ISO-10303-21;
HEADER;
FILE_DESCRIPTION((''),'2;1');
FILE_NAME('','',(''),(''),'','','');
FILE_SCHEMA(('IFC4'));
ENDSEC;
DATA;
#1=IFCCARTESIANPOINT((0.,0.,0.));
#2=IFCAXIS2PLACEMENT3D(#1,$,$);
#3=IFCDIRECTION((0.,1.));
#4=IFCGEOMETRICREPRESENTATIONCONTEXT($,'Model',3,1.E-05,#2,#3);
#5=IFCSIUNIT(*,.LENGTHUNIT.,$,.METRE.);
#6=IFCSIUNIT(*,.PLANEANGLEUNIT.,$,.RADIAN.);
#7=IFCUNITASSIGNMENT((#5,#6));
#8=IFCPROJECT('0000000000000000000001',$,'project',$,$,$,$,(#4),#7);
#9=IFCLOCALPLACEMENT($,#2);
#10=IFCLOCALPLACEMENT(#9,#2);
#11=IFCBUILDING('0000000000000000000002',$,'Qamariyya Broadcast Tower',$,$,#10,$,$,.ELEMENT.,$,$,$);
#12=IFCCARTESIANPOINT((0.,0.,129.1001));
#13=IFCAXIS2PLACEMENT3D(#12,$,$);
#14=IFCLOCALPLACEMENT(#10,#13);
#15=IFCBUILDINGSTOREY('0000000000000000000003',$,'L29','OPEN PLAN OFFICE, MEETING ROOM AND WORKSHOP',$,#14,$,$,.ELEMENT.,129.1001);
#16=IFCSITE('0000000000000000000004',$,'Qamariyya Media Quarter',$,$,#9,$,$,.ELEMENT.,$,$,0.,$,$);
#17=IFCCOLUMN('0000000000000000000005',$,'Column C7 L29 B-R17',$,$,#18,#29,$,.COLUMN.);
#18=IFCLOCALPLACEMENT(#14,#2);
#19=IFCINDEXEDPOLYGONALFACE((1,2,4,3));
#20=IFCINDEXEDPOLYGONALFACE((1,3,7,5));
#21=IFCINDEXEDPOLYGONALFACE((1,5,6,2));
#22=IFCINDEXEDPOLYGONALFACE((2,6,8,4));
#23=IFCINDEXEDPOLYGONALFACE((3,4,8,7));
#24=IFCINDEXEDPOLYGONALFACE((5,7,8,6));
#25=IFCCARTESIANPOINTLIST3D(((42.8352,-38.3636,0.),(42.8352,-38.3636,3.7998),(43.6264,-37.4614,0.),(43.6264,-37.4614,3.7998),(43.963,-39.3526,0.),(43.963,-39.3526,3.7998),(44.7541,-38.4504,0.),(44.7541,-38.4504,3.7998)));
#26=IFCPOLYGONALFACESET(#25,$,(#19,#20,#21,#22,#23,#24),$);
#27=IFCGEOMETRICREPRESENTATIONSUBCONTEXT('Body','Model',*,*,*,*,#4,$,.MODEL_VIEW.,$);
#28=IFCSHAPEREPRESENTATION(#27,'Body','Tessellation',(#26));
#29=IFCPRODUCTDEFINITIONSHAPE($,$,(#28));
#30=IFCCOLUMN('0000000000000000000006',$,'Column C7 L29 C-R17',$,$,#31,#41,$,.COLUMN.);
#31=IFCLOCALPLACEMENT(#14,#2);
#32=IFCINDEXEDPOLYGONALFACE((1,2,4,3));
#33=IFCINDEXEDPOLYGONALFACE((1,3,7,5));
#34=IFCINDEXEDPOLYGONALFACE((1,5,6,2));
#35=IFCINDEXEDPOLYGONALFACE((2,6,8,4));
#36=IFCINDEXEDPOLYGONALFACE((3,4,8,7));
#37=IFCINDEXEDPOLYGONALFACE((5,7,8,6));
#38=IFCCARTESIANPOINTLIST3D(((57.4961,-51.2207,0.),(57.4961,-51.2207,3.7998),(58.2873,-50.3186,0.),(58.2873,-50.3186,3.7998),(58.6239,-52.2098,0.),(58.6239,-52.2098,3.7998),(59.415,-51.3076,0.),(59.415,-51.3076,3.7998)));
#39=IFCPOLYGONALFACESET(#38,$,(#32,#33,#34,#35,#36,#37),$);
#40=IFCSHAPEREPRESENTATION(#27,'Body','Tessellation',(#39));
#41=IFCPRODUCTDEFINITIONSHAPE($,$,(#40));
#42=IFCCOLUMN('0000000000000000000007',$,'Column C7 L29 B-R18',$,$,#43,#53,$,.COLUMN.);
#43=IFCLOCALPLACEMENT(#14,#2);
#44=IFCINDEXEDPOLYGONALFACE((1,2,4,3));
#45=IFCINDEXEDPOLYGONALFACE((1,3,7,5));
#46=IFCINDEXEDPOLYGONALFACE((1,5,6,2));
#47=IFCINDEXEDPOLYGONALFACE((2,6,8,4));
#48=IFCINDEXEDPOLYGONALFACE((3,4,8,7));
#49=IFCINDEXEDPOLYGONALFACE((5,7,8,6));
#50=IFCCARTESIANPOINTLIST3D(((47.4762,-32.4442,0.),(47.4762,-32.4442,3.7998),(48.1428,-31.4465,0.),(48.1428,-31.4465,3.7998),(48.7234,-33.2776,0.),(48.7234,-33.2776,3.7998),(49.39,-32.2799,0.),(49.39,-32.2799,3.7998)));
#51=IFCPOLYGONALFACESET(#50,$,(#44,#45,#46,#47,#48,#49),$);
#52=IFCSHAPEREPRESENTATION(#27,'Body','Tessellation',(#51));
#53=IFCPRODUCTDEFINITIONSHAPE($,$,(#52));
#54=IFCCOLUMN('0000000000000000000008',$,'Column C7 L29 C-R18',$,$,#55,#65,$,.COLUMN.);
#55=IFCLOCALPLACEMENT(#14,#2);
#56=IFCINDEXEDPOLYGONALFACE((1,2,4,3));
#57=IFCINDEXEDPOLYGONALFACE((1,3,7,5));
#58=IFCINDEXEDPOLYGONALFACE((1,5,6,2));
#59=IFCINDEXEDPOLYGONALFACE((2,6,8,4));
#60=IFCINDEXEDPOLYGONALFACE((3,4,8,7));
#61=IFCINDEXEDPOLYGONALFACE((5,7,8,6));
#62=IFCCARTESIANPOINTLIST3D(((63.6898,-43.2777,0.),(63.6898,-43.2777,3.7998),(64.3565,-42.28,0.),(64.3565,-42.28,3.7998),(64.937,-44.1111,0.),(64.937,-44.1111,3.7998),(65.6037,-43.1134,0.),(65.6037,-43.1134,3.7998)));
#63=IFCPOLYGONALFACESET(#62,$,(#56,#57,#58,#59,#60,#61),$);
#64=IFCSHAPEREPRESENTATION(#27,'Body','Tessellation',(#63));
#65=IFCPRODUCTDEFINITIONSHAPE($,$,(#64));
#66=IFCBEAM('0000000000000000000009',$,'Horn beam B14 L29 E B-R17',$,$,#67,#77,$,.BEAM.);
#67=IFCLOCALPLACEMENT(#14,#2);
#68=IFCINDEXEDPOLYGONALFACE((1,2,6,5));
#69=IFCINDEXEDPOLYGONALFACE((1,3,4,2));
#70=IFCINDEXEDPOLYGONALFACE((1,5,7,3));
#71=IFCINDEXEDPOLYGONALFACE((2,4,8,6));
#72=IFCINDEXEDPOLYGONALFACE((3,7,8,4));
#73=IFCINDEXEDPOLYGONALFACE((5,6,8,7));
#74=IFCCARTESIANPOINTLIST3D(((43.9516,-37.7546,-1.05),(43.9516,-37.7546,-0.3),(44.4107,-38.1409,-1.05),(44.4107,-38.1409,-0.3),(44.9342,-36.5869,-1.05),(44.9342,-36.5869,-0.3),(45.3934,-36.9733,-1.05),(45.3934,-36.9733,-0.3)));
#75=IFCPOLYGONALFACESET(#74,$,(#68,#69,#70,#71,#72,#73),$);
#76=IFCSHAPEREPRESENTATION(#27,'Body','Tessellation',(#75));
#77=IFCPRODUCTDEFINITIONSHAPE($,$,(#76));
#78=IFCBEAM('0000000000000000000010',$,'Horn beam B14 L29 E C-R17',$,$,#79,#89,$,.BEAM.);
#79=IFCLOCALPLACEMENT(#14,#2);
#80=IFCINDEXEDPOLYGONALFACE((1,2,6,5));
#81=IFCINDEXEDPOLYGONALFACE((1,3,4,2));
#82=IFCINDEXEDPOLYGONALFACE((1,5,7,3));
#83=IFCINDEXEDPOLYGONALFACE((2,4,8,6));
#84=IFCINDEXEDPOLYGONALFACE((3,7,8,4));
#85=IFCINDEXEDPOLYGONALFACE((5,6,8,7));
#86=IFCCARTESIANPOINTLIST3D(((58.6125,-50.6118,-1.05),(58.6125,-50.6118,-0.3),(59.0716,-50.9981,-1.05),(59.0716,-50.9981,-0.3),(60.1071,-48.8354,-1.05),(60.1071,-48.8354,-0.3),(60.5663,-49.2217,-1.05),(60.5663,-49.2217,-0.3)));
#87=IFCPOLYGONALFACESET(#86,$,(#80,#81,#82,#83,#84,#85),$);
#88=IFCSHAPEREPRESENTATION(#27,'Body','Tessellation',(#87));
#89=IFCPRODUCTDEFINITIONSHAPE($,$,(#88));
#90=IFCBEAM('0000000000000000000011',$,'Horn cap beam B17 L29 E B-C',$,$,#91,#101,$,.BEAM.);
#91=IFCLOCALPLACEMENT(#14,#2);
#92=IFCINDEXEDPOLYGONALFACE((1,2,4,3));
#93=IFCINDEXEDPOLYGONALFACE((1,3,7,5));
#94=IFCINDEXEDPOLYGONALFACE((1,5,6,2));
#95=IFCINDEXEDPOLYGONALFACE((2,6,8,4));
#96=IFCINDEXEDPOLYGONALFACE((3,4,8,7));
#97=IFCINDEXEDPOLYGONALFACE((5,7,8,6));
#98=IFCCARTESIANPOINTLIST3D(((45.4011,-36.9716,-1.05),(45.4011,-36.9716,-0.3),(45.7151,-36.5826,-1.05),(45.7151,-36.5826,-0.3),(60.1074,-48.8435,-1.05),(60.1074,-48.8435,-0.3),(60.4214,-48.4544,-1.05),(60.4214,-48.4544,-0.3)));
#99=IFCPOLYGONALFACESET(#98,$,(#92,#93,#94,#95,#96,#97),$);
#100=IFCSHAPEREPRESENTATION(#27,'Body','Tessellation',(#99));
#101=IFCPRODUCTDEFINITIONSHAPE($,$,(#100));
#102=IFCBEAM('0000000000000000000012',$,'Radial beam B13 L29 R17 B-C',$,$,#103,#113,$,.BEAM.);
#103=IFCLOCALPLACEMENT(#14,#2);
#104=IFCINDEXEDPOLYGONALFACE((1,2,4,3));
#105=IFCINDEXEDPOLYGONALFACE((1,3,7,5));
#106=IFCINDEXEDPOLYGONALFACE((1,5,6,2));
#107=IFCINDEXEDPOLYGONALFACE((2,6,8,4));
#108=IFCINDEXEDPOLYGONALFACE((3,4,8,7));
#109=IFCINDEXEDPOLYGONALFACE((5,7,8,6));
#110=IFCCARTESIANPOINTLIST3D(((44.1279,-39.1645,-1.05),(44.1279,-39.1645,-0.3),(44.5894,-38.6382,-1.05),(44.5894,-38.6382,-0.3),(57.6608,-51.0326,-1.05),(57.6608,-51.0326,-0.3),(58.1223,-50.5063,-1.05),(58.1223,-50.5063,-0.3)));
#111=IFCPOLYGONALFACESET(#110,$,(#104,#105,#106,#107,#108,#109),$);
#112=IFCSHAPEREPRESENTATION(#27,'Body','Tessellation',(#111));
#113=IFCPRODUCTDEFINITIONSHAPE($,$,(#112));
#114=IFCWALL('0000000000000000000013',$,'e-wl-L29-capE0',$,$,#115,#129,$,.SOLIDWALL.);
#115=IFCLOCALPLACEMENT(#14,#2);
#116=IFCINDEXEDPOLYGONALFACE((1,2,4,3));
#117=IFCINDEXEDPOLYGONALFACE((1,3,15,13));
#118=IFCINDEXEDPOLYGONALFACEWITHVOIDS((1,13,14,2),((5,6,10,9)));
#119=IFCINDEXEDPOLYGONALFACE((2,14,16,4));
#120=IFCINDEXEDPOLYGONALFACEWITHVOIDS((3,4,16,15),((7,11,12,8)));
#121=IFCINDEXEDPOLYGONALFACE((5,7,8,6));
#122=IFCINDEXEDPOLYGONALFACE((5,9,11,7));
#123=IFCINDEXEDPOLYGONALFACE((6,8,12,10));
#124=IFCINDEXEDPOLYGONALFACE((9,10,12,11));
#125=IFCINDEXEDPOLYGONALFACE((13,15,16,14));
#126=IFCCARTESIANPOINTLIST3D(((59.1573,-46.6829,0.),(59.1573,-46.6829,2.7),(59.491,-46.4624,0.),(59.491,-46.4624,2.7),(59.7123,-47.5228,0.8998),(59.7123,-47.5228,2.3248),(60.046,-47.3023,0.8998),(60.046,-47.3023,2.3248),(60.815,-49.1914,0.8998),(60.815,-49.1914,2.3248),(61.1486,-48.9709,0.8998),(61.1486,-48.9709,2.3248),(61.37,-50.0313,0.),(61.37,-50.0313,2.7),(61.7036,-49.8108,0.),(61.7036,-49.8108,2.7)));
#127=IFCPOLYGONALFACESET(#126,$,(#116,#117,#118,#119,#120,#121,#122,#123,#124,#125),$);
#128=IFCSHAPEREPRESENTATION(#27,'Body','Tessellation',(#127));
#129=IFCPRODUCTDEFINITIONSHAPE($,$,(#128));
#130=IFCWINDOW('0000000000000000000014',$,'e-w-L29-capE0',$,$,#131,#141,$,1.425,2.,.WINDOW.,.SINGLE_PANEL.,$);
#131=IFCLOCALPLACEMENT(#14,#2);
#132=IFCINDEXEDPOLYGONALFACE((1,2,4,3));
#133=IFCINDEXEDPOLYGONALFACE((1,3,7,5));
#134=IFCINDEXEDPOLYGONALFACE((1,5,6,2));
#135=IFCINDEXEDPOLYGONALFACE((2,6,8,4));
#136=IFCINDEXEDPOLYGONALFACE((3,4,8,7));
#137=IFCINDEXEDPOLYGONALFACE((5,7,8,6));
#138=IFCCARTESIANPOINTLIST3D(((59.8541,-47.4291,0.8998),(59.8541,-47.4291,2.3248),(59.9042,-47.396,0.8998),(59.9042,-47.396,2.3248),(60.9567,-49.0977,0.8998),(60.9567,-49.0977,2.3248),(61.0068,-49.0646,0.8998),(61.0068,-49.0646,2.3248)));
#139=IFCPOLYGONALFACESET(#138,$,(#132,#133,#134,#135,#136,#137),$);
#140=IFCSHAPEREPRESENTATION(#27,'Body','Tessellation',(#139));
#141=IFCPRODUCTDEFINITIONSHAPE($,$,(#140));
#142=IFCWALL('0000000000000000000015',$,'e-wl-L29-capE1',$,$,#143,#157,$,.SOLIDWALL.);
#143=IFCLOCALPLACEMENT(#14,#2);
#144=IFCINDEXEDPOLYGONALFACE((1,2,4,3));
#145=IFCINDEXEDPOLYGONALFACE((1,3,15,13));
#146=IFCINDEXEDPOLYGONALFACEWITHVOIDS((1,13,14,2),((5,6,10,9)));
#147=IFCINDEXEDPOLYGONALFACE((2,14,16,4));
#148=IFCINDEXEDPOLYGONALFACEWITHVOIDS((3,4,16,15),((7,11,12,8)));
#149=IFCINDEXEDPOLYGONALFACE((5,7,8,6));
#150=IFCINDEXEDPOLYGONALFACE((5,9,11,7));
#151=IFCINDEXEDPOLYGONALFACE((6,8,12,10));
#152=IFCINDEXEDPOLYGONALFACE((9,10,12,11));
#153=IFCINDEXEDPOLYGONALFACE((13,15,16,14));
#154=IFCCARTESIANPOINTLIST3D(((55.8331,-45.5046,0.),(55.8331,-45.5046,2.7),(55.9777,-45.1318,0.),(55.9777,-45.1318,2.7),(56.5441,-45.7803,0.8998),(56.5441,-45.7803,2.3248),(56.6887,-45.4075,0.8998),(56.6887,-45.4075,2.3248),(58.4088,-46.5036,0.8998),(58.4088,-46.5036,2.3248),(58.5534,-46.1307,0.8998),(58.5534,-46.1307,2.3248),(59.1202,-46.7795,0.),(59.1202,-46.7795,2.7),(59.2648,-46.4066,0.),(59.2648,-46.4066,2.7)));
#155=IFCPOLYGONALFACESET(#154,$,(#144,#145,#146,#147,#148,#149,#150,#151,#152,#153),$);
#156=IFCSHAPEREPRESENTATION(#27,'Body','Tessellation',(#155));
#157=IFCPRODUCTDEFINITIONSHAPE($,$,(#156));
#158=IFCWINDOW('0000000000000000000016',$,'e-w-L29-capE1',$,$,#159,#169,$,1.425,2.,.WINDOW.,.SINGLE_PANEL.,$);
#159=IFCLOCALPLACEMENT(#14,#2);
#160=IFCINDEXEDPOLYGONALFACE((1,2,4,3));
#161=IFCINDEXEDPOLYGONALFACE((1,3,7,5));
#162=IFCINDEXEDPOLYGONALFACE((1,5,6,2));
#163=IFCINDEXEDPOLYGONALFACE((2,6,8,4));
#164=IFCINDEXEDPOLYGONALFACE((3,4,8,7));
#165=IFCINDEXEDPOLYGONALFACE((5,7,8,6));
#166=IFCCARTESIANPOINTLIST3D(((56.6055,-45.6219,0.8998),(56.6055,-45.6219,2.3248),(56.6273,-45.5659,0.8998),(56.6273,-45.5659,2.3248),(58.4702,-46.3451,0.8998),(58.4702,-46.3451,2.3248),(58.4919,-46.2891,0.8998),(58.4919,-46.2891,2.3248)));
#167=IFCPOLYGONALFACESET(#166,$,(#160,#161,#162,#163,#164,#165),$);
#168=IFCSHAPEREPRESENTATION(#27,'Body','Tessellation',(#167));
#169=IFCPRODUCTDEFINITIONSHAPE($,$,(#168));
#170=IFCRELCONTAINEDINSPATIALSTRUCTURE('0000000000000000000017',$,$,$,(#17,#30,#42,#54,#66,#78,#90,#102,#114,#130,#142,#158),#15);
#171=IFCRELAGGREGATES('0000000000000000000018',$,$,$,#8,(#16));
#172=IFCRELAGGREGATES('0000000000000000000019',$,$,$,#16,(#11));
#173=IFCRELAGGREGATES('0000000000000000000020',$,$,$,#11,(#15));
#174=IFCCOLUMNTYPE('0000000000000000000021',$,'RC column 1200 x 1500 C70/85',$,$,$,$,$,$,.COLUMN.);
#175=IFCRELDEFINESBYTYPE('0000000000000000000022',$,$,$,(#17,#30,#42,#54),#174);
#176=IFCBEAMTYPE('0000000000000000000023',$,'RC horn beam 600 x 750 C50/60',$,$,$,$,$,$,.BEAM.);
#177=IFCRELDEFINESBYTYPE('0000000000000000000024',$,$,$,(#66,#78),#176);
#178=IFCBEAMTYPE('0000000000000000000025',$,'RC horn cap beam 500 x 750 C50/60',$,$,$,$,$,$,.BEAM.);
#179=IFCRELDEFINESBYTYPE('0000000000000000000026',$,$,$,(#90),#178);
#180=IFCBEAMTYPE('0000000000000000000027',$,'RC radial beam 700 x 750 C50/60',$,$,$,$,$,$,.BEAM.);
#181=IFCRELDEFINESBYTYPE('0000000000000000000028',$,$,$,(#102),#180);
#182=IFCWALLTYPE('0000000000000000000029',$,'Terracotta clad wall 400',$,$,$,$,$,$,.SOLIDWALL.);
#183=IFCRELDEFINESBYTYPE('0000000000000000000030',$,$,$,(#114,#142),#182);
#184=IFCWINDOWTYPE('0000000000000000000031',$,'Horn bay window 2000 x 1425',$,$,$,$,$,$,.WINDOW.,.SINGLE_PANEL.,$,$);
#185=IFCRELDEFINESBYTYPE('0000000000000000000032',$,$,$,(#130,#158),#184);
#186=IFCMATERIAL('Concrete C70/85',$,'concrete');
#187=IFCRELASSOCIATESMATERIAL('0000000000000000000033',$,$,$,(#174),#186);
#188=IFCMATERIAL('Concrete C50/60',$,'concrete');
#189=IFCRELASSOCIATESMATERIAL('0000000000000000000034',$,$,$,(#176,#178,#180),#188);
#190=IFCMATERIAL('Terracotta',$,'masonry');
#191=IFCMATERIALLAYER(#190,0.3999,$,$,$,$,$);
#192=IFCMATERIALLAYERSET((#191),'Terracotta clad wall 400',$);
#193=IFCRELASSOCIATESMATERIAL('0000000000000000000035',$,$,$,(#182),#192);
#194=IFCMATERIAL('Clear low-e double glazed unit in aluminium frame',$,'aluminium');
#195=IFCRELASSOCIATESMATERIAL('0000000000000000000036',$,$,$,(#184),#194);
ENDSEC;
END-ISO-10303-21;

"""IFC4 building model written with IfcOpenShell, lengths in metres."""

from ifc_helpers import new_model, si_unit, direction, frame, frame_2d, origin, origin_2d, place, context, subcontext, project, spatial, rectangle, extrude, material, layer, layer_set, material_profile, profile_set, type_object, element, fill, save


model = new_model("IFC4")

# Units and contexts
model_context = context("Model", 3, precision=1e-05, world=origin(), true_north=direction((0.0, 1.0)))
body_context = subcontext(model_context, "Body", "Model", "MODEL_VIEW")
ifc_project = project(units=[si_unit("LENGTHUNIT", "METRE"), si_unit("PLANEANGLEUNIT", "RADIAN")], contexts=[model_context])

# Site, building, storey
site_placement = place(None, origin())
site = spatial("IfcSite", under=ifc_project, at=site_placement, Name="Qamariyya Media Quarter", CompositionType="ELEMENT", RefElevation=0.0)
building_placement = place(site_placement, origin())
building = spatial("IfcBuilding", under=site, at=building_placement, Name="Qamariyya Broadcast Tower", CompositionType="ELEMENT")
storey_placement = place(building_placement, frame((0.0, 0.0, 129.1001)))
storey = spatial("IfcBuildingStorey", under=building, at=storey_placement, Name="L29", Description="OPEN PLAN OFFICE, MEETING ROOM AND WORKSHOP", CompositionType="ELEMENT", Elevation=129.1001)

# Columns
ifc_material_1 = material(Name="Concrete C70/85", Category="concrete")
ifc_material_profile_1 = material_profile(ifc_material_1, rectangle(XDim=1.2, YDim=1.5, at=origin_2d()))
ifc_profile_set_1 = profile_set([ifc_material_profile_1], Name="Concrete C70/85")
column_type = type_object("IfcColumnType", Name="RC column 1200 x 1500 C70/85", PredefinedType="COLUMN", material=ifc_profile_set_1)
for number, where, z_axis, x_axis, name in (
    (1, (43.7947, -38.407, 0.0), (0.0, 0.0, 1.0), (0.659346, 0.75184, 0.0), "Column C7 L29 B-R17"),
    (2, (58.4556, -51.2642, 0.0), (0.0, 0.0, 1.0), (0.659346, 0.75184, 0.0), "Column C7 L29 C-R17"),
    (3, (48.4331, -32.3621, 0.0), (0.0, 0.0, 1.0), (0.55557, 0.83147, 0.0), "Column C7 L29 B-R18"),
    (4, (64.6467, -43.1956, 0.0), (0.0, 0.0, 1.0), (0.55557, 0.83147, 0.0), "Column C7 L29 C-R18"),
):
    element("IfcColumn", number, at=place(storey_placement, frame(where, z_axis=z_axis, x_axis=x_axis)), inside=storey, type_object=column_type, Name=name, PredefinedType="COLUMN", context=body_context, shape_type="SweptSolid", body=[
        extrude(rectangle(XDim=1.2, YDim=1.5, at=origin_2d()), origin(), (0.0, 0.0, 1.0), 3.7998),
    ])

# Beams
ifc_material_2 = material(Name="Concrete C50/60", Category="concrete")
ifc_material_profile_2 = material_profile(ifc_material_2, rectangle(XDim=0.6001, YDim=0.75, at=origin_2d()))
ifc_profile_set_2 = profile_set([ifc_material_profile_2], Name="Concrete C50/60")
beam_type_1 = type_object("IfcBeamType", Name="RC horn beam 600 x 750 C50/60", PredefinedType="BEAM", material=ifc_profile_set_2)
beam_1_placement = place(storey_placement, frame((44.1812, -37.9478, -0.675), z_axis=(0.643875, 0.765131, 0.0), x_axis=(-0.765131, 0.643875, 0.0)))
element("IfcBeam", 5, at=beam_1_placement, inside=storey, type_object=beam_type_1, Name="Horn beam B14 L29 E B-R17", PredefinedType="BEAM", context=body_context, shape_type="SweptSolid", body=[
    extrude(rectangle(XDim=0.6001, YDim=0.75, at=origin_2d()), origin(), (0.0, 0.0, 1.0), 1.5261),
])
beam_2_placement = place(storey_placement, frame((58.842, -50.8049, -0.675), z_axis=(0.643818, 0.765178, 0.0), x_axis=(-0.765178, 0.643818, 0.0)))
element("IfcBeam", 6, at=beam_2_placement, inside=storey, type_object=beam_type_1, Name="Horn beam B14 L29 E C-R17", PredefinedType="BEAM", context=body_context, shape_type="SweptSolid", body=[
    extrude(rectangle(XDim=0.6001, YDim=0.75, at=origin_2d()), origin(), (0.0, 0.0, 1.0), 2.3215),
])
ifc_material_profile_3 = material_profile(ifc_material_2, rectangle(XDim=0.5, YDim=0.75, at=origin_2d()))
ifc_profile_set_3 = profile_set([ifc_material_profile_3], Name="Concrete C50/60")
beam_type_2 = type_object("IfcBeamType", Name="RC horn cap beam 500 x 750 C50/60", PredefinedType="BEAM", material=ifc_profile_set_3)
beam_3_placement = place(storey_placement, frame((45.5581, -36.7771, -0.675), z_axis=(0.778105, -0.628134, 0.0), x_axis=(0.628134, 0.778105, 0.0)))
element("IfcBeam", 7, at=beam_3_placement, inside=storey, type_object=beam_type_2, Name="Horn cap beam B17 L29 E B-C", PredefinedType="BEAM", context=body_context, shape_type="SweptSolid", body=[
    extrude(rectangle(XDim=0.5, YDim=0.75, at=origin_2d()), origin(), (0.0, 0.0, 1.0), 18.9001),
])
ifc_material_profile_4 = material_profile(ifc_material_2, rectangle(XDim=0.7, YDim=0.75, at=origin_2d()))
ifc_profile_set_4 = profile_set([ifc_material_profile_4], Name="Concrete C50/60")
beam_type_3 = type_object("IfcBeamType", Name="RC radial beam 700 x 750 C50/60", PredefinedType="BEAM", material=ifc_profile_set_4)
beam_4_placement = place(storey_placement, frame((44.3586, -38.9014, -0.675), z_axis=(0.751838, -0.659348, 0.0), x_axis=(0.659348, 0.751838, 0.0)))
element("IfcBeam", 8, at=beam_4_placement, inside=storey, type_object=beam_type_3, Name="Radial beam B13 L29 R17 B-C", PredefinedType="BEAM", context=body_context, shape_type="SweptSolid", body=[
    extrude(rectangle(XDim=0.7, YDim=0.75, at=origin_2d()), origin(), (0.0, 0.0, 1.0), 17.9998),
])

# Walls, openings, windows
ifc_material_3 = material(Name="Terracotta", Category="masonry")
ifc_layer = layer(ifc_material_3, 0.3999)
ifc_layer_set = layer_set([ifc_layer], Name="Terracotta clad wall 400")
wall_type = type_object("IfcWallType", Name="Terracotta clad wall 400", PredefinedType="SOLIDWALL", material=ifc_layer_set)
wall_1_placement = place(storey_placement, frame((61.5369, -49.9211, 0.0), z_axis=(0.0, 0.0, 1.0), x_axis=(-0.551312, 0.834299, 0.0)))
wall_1 = element("IfcWall", 9, at=wall_1_placement, inside=storey, type_object=wall_type, Name="e-wl-L29-capE0", PredefinedType="SOLIDWALL", context=body_context, shape_type="SweptSolid", body=[
    extrude(rectangle(XDim=4.0134, YDim=0.3999, at=frame_2d((2.0068, 0.0))), origin(), (0.0, 0.0, 1.0), 2.7),
])
opening_1_placement = place(wall_1_placement, frame((1.0068, 0.0, 0.8999)))
opening_1 = element("IfcOpeningElement", 10, at=opening_1_placement, cuts=wall_1, PredefinedType="OPENING", context=body_context, shape_type="SweptSolid", body=[
    extrude(rectangle(XDim=2.0, YDim=1.425, at=frame_2d((1.0, 0.7124))), frame((0.0, 0.21, 0.0), z_axis=(0.0, -1.0, 0.0), x_axis=(1.0, 0.0, 0.0)), (0.0, 0.0, 1.0), 0.4199),
])
ifc_material_4 = material(Name="Clear low-e double glazed unit in aluminium frame", Category="aluminium")
window_type_1 = type_object("IfcWindowType", Name="Horn bay window 2000 x 1425", PartitioningType="SINGLE_PANEL", PredefinedType="WINDOW", material=ifc_material_4)
window_1_placement = place(opening_1_placement, origin())
window_1 = element("IfcWindow", 11, at=window_1_placement, inside=storey, type_object=window_type_1, Name="e-w-L29-capE0", OverallHeight=1.425, OverallWidth=2.0, PartitioningType="SINGLE_PANEL", PredefinedType="WINDOW", context=body_context, shape_type="SweptSolid", body=[
    extrude(rectangle(XDim=2.0, YDim=1.425, at=frame_2d((1.0, 0.7124))), frame((0.0, 0.03, 0.0), z_axis=(0.0, -1.0, 0.0), x_axis=(1.0, 0.0, 0.0)), (0.0, 0.0, 1.0), 0.0601),
])
fill(opening_1, window_1)
wall_2_placement = place(storey_placement, frame((59.1924, -46.593, 0.0), z_axis=(0.0, 0.0, 1.0), x_axis=(-0.932332, 0.361604, 0.0)))
wall_2 = element("IfcWall", 12, at=wall_2_placement, inside=storey, type_object=wall_type, Name="e-wl-L29-capE1", PredefinedType="SOLIDWALL", context=body_context, shape_type="SweptSolid", body=[
    extrude(rectangle(XDim=3.5256, YDim=0.3999, at=frame_2d((1.7627, 0.0))), origin(), (0.0, 0.0, 1.0), 2.7),
])
opening_2_placement = place(wall_2_placement, frame((0.7629, 0.0, 0.8999)))
opening_2 = element("IfcOpeningElement", 13, at=opening_2_placement, cuts=wall_2, PredefinedType="OPENING", context=body_context, shape_type="SweptSolid", body=[
    extrude(rectangle(XDim=2.0, YDim=1.425, at=frame_2d((1.0, 0.7124))), frame((0.0, 0.21, 0.0), z_axis=(0.0, -1.0, 0.0), x_axis=(1.0, 0.0, 0.0)), (0.0, 0.0, 1.0), 0.4199),
])
window_2_placement = place(opening_2_placement, origin())
window_2 = element("IfcWindow", 14, at=window_2_placement, inside=storey, type_object=window_type_1, Name="e-w-L29-capE1", OverallHeight=1.425, OverallWidth=2.0, PartitioningType="SINGLE_PANEL", PredefinedType="WINDOW", context=body_context, shape_type="SweptSolid", body=[
    extrude(rectangle(XDim=2.0, YDim=1.425, at=frame_2d((1.0, 0.7124))), frame((0.0, 0.03, 0.0), z_axis=(0.0, -1.0, 0.0), x_axis=(1.0, 0.0, 0.0)), (0.0, 0.0, 1.0), 0.0601),
])
fill(opening_2, window_2)

save(model, "model.ifc")
